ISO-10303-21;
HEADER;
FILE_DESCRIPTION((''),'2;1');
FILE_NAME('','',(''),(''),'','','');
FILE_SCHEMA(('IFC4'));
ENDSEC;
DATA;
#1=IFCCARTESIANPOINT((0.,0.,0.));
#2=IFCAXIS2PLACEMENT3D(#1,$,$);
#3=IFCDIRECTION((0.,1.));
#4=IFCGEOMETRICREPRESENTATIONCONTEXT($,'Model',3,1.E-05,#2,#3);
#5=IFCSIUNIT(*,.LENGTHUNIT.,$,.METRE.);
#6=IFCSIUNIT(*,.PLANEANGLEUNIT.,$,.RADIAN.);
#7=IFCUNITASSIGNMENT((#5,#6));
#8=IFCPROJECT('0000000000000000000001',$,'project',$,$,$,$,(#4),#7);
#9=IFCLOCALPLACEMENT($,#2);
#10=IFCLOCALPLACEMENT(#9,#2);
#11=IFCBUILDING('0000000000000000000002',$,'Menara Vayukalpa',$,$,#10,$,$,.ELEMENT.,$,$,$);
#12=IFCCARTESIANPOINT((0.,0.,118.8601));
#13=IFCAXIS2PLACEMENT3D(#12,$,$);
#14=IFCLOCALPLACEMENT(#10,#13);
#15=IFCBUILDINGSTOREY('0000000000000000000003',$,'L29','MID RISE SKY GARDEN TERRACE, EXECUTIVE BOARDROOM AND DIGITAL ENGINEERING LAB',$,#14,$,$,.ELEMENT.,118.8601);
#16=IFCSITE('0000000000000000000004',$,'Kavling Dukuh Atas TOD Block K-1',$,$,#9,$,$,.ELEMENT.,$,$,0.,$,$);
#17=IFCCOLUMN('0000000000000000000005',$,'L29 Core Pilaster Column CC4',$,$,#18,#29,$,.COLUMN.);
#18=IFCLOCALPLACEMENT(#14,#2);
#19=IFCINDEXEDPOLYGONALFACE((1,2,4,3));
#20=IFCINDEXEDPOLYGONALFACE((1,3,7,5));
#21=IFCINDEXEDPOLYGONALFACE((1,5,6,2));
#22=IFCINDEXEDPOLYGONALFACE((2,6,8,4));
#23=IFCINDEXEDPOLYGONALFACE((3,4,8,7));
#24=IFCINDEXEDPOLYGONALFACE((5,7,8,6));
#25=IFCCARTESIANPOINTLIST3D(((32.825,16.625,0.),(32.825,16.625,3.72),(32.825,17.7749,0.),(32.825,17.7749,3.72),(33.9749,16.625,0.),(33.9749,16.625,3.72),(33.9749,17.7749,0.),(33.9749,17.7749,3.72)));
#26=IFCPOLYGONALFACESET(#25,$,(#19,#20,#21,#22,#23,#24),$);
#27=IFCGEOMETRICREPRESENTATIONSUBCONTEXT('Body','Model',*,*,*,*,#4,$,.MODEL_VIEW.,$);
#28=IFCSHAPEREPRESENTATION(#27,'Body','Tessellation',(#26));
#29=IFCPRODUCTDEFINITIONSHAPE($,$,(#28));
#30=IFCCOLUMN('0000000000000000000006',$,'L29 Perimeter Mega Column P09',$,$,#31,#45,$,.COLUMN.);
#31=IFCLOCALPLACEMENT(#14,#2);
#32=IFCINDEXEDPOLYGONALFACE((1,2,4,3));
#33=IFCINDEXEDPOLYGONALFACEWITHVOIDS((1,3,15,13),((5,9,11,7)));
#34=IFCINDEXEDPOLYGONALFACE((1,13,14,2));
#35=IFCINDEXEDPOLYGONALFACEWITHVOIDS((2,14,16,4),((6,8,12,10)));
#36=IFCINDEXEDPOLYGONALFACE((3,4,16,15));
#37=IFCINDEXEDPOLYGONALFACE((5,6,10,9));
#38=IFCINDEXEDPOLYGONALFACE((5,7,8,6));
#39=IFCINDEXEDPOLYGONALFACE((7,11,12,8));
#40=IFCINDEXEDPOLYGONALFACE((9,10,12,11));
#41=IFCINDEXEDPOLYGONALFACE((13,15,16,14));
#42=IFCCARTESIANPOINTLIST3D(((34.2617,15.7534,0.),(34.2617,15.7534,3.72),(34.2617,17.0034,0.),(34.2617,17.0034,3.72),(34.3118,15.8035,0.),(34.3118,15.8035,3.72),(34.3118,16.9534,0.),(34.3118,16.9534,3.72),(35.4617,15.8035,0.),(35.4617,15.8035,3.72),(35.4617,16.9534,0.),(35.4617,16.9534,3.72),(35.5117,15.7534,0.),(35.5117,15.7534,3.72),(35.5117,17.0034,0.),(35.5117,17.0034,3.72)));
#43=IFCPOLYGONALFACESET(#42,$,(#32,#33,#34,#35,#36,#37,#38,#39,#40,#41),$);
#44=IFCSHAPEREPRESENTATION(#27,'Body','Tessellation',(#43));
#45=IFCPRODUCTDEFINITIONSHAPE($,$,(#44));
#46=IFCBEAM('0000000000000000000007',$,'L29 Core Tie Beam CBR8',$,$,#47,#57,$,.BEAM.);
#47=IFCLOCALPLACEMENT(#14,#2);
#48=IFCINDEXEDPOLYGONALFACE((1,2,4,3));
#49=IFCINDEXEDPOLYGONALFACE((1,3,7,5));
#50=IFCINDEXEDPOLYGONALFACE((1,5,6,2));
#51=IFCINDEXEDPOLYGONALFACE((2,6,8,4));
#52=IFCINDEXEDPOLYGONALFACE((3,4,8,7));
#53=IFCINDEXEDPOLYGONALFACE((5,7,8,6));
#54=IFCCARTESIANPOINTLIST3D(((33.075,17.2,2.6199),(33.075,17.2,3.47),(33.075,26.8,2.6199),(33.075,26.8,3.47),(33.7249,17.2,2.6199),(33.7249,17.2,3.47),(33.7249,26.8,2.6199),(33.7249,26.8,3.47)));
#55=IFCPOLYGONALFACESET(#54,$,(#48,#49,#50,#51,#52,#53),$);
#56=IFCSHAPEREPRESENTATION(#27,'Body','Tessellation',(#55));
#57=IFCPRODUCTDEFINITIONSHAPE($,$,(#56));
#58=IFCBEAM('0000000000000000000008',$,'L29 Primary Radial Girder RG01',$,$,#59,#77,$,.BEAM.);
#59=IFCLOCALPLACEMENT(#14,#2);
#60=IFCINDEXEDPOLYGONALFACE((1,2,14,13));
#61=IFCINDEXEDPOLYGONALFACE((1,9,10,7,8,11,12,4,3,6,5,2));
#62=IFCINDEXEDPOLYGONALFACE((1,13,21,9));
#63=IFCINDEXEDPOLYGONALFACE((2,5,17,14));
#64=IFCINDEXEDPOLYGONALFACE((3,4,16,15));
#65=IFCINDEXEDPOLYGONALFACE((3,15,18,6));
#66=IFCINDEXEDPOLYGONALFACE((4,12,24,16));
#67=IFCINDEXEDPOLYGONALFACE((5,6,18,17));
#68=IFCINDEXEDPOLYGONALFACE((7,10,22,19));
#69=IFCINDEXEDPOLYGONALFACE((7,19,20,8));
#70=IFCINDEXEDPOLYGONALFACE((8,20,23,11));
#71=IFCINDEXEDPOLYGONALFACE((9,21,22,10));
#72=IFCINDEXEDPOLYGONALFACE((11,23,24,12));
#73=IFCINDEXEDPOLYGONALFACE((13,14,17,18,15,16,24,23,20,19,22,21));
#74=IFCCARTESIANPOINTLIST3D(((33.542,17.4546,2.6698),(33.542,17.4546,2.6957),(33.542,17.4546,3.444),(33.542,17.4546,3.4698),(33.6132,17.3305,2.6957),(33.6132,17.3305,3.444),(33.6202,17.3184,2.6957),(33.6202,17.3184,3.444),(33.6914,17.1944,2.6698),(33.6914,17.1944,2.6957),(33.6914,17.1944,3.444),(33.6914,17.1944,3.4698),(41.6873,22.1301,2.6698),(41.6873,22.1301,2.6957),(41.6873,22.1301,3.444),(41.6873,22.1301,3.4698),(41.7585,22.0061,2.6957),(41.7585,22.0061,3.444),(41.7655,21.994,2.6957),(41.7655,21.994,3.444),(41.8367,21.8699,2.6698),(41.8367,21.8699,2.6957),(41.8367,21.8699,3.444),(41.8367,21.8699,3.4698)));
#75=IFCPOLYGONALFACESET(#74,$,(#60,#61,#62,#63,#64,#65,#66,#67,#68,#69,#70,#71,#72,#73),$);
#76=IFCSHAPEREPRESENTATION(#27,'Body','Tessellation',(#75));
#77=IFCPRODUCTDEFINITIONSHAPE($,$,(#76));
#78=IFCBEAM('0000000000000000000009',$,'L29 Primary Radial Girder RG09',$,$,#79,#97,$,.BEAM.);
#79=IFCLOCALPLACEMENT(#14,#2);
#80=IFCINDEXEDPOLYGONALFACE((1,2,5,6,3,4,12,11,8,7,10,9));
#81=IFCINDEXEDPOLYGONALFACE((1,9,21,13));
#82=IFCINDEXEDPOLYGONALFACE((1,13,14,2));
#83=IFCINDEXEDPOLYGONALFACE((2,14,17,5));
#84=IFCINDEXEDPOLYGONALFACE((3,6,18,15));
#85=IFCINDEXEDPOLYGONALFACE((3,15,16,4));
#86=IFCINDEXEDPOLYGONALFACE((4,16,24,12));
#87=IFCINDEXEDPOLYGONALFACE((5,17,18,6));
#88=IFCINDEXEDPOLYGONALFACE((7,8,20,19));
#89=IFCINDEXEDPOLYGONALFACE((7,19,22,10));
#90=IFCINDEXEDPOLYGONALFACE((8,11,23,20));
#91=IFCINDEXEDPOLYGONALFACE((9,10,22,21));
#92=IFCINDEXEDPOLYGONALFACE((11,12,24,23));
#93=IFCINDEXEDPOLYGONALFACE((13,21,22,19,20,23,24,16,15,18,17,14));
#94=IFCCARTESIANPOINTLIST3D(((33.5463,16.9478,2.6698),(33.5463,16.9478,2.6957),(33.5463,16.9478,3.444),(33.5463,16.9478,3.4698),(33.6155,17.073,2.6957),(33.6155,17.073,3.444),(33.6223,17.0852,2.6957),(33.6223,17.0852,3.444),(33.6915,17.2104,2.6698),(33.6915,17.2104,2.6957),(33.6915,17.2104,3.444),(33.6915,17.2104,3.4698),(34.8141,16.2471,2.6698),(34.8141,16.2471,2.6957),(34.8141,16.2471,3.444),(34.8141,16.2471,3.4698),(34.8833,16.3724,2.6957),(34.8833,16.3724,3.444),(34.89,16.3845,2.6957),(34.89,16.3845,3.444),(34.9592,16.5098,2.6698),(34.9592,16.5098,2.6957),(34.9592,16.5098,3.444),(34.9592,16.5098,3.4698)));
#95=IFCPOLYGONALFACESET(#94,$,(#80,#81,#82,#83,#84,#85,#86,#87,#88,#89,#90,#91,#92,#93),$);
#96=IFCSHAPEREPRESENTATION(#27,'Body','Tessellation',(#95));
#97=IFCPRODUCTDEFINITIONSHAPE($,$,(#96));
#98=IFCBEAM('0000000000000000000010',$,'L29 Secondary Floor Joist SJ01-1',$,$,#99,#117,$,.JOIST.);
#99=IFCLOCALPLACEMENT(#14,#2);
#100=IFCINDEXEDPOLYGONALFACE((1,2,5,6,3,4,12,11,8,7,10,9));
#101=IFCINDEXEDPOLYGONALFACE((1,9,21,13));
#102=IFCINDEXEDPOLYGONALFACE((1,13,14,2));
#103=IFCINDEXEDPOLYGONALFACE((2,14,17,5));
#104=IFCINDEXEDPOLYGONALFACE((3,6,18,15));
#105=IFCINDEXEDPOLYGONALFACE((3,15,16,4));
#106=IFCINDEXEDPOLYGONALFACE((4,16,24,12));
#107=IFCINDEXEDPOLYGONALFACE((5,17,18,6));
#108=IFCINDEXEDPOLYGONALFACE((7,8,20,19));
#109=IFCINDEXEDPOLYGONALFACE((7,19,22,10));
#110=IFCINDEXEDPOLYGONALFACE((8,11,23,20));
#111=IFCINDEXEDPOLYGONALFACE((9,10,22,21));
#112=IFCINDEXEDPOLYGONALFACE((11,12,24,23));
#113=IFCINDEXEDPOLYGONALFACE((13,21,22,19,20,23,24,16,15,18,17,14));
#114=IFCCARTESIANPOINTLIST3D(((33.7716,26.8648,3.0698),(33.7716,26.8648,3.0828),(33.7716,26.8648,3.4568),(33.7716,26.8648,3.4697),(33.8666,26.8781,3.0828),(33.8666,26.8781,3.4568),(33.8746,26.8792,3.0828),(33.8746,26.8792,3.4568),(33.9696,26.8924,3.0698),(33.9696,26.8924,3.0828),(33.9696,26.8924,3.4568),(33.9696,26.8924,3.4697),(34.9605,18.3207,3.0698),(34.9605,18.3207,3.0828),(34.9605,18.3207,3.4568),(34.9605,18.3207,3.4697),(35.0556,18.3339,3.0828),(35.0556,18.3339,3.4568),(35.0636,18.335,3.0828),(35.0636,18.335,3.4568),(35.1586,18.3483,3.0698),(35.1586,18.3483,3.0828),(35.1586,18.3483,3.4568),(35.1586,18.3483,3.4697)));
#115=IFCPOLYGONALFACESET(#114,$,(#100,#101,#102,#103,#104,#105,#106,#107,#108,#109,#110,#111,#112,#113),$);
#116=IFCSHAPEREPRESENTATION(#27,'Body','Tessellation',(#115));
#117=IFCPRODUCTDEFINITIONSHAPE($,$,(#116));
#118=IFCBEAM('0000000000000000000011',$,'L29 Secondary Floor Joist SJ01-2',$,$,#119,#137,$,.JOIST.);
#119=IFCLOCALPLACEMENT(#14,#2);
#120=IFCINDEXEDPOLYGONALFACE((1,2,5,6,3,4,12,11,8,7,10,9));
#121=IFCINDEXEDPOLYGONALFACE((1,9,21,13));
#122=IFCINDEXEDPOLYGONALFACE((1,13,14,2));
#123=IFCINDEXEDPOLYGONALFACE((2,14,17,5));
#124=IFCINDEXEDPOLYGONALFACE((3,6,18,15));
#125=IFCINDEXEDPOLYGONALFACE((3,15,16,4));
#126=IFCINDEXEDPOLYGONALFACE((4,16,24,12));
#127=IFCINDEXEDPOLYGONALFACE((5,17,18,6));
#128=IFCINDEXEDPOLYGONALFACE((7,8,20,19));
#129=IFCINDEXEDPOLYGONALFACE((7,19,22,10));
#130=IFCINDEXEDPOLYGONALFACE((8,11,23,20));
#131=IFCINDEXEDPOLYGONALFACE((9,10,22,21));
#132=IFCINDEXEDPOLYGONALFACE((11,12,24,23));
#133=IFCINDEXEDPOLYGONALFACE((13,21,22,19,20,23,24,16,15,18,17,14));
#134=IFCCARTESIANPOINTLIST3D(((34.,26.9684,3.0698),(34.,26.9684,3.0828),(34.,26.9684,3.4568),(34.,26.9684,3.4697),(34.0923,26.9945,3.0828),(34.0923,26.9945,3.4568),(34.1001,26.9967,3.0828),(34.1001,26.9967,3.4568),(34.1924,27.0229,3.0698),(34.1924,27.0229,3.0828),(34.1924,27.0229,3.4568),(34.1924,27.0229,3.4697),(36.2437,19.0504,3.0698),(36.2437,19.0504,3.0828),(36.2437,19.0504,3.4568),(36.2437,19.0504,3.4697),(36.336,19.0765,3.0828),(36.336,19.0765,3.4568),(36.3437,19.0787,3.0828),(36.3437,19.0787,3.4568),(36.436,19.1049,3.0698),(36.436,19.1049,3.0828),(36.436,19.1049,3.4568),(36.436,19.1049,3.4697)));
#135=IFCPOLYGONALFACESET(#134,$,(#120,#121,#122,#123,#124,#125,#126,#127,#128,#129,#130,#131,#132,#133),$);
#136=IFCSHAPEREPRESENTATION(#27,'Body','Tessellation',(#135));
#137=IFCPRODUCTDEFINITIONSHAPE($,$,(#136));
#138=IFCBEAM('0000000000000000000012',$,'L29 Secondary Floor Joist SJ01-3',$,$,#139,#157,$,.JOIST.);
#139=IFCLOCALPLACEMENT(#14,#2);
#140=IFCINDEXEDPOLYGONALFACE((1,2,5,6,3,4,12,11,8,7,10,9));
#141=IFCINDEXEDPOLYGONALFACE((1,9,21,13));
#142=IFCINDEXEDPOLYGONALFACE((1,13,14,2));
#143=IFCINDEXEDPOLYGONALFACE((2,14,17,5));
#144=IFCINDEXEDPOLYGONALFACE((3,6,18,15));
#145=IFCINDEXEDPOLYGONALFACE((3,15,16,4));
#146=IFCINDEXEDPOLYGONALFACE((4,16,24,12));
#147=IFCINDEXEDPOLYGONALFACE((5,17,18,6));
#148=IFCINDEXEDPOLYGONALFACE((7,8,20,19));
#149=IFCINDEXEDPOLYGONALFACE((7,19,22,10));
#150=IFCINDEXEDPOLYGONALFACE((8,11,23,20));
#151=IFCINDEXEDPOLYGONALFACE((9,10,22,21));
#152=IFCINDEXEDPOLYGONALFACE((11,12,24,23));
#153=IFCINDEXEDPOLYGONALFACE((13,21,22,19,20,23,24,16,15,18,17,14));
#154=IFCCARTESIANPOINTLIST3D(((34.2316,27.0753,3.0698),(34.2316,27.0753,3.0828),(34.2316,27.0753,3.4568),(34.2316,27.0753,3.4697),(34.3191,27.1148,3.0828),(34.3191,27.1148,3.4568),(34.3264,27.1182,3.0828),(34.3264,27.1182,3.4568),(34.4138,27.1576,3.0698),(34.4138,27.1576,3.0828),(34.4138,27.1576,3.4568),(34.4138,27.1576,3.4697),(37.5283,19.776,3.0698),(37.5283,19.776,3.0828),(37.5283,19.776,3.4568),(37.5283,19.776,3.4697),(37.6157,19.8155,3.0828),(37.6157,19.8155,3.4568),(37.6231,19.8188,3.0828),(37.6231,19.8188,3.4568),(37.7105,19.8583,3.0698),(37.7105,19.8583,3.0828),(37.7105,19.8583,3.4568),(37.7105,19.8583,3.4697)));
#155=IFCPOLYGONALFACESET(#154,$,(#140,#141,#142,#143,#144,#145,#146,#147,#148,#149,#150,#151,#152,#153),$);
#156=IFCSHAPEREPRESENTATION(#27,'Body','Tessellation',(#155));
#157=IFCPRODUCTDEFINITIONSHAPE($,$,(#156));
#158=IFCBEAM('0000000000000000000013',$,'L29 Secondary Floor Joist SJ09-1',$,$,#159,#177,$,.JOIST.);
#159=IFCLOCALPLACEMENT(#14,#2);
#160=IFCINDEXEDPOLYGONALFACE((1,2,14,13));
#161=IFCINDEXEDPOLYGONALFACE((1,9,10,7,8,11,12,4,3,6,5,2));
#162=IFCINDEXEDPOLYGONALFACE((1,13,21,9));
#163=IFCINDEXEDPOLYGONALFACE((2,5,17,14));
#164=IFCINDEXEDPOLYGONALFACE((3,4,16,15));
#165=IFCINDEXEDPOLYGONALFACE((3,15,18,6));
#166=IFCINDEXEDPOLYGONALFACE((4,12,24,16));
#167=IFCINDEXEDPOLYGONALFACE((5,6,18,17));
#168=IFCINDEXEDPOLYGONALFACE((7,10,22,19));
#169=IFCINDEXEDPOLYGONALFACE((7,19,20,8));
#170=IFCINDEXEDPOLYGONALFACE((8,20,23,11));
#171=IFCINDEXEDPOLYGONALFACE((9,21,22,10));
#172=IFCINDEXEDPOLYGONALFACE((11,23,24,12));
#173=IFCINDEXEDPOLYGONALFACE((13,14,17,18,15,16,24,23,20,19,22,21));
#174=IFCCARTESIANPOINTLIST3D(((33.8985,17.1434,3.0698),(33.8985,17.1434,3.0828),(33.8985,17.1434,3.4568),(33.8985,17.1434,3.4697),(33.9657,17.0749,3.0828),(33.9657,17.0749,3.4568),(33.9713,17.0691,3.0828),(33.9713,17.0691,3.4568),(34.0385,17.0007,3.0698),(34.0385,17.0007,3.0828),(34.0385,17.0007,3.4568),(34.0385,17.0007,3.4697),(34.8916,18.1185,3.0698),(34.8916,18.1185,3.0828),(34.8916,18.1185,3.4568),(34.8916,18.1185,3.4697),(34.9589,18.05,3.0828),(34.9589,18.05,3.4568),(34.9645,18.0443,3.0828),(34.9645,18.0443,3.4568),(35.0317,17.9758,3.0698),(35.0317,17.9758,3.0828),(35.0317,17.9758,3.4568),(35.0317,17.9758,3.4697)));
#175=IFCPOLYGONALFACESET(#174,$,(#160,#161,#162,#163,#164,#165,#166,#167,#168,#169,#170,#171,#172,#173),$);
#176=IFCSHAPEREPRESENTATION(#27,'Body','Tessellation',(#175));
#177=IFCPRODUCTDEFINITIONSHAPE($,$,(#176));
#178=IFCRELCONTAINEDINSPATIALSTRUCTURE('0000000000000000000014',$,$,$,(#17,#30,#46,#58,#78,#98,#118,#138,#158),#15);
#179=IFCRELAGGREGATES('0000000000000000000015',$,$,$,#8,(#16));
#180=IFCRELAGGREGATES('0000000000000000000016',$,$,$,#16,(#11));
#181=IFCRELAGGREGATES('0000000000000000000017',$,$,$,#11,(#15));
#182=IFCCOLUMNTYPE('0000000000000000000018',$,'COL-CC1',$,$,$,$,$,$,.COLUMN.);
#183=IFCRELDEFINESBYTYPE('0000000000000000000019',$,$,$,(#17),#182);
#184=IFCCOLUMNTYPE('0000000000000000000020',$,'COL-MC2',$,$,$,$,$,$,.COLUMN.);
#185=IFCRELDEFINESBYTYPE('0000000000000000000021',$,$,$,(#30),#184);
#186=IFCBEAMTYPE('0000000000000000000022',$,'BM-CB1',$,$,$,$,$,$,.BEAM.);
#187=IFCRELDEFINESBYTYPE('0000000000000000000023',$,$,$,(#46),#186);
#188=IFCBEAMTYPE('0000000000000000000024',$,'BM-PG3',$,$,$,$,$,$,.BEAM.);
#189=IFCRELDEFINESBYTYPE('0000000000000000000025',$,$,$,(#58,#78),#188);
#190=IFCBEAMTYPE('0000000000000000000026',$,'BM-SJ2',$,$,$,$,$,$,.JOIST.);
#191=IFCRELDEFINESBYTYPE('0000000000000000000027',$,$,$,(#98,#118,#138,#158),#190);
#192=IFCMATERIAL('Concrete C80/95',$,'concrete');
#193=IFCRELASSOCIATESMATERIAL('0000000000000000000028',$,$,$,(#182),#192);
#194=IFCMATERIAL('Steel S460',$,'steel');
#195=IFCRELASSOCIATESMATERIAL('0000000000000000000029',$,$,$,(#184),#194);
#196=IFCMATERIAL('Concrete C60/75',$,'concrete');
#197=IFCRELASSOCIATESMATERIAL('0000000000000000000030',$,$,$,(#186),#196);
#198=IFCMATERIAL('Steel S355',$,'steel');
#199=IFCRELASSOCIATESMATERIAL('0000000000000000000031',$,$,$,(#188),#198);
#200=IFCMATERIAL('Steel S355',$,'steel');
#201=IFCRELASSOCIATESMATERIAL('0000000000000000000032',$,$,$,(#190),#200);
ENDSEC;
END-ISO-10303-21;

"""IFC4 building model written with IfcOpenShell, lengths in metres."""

from ifc_helpers import new_model, si_unit, direction, frame, origin, origin_2d, place, context, subcontext, project, spatial, rectangle, hollow_rectangle, i_section, extrude, material, material_profile, profile_set, type_object, element, save


model = new_model("IFC4")

# Units and contexts
model_context = context("Model", 3, precision=1e-05, world=origin(), true_north=direction((0.0, 1.0)))
body_context = subcontext(model_context, "Body", "Model", "MODEL_VIEW")
ifc_project = project(units=[si_unit("LENGTHUNIT", "METRE"), si_unit("PLANEANGLEUNIT", "RADIAN")], contexts=[model_context])

# Site, building, storey
site_placement = place(None, origin())
site = spatial("IfcSite", under=ifc_project, at=site_placement, Name="Kavling Dukuh Atas TOD Block K-1", CompositionType="ELEMENT", RefElevation=0.0)
building_placement = place(site_placement, origin())
building = spatial("IfcBuilding", under=site, at=building_placement, Name="Menara Vayukalpa", CompositionType="ELEMENT")
storey_placement = place(building_placement, frame((0.0, 0.0, 118.8601)))
storey = spatial("IfcBuildingStorey", under=building, at=storey_placement, Name="L29", Description="MID RISE SKY GARDEN TERRACE, EXECUTIVE BOARDROOM AND DIGITAL ENGINEERING LAB", CompositionType="ELEMENT", Elevation=118.8601)

# Columns
ifc_material_1 = material(Name="Concrete C80/95", Category="concrete")
ifc_material_profile_1 = material_profile(ifc_material_1, rectangle(XDim=1.1499, YDim=1.1499, at=origin_2d()), Name="RC 1150x1150")
ifc_profile_set_1 = profile_set([ifc_material_profile_1], Name="Concrete C80/95")
column_type_1 = type_object("IfcColumnType", Name="COL-CC1", PredefinedType="COLUMN", material=ifc_profile_set_1)
column_1_placement = place(storey_placement, frame((33.3999, 17.2, 0.0), z_axis=(0.0, 0.0, 1.0), x_axis=(1.0, 0.0, 0.0)))
element("IfcColumn", 1, at=column_1_placement, inside=storey, type_object=column_type_1, Name="L29 Core Pilaster Column CC4", PredefinedType="COLUMN", context=body_context, shape_type="SweptSolid", body=[
    extrude(rectangle(XDim=1.1499, YDim=1.1499, at=origin_2d()), origin(), (0.0, 0.0, 1.0), 3.72),
])
ifc_material_2 = material(Name="Steel S460", Category="steel")
ifc_material_profile_2 = material_profile(ifc_material_2, hollow_rectangle(XDim=1.25, YDim=1.25, WallThickness=0.05, at=origin_2d()), Name="BOX 1250x1250x50")
ifc_profile_set_2 = profile_set([ifc_material_profile_2], Name="Steel S460")
column_type_2 = type_object("IfcColumnType", Name="COL-MC2", PredefinedType="COLUMN", material=ifc_profile_set_2)
column_2_placement = place(storey_placement, frame((34.8867, 16.3784, 0.0), z_axis=(0.0, 0.0, 1.0), x_axis=(1.0, 0.0, 0.0)))
element("IfcColumn", 2, at=column_2_placement, inside=storey, type_object=column_type_2, Name="L29 Perimeter Mega Column P09", PredefinedType="COLUMN", context=body_context, shape_type="SweptSolid", body=[
    extrude(hollow_rectangle(XDim=1.25, YDim=1.25, WallThickness=0.05, at=origin_2d()), origin(), (0.0, 0.0, 1.0), 3.72),
])

# Beams
ifc_material_3 = material(Name="Concrete C60/75", Category="concrete")
ifc_material_profile_3 = material_profile(ifc_material_3, rectangle(XDim=0.6499, YDim=0.8501, at=origin_2d()), Name="RC 650x850")
ifc_profile_set_3 = profile_set([ifc_material_profile_3], Name="Concrete C60/75")
beam_type_1 = type_object("IfcBeamType", Name="BM-CB1", PredefinedType="BEAM", material=ifc_profile_set_3)
beam_1_placement = place(storey_placement, frame((33.3999, 17.2, 3.0449), z_axis=(0.0, 1.0, 0.0), x_axis=(-1.0, 0.0, 0.0)))
element("IfcBeam", 3, at=beam_1_placement, inside=storey, type_object=beam_type_1, Name="L29 Core Tie Beam CBR8", PredefinedType="BEAM", context=body_context, shape_type="SweptSolid", body=[
    extrude(rectangle(XDim=0.6499, YDim=0.8501, at=origin_2d()), origin(), (0.0, 0.0, 1.0), 9.6001),
])
ifc_material_4 = material(Name="Steel S355", Category="steel")
ifc_material_profile_4 = material_profile(ifc_material_4, i_section(OverallWidth=0.3, OverallDepth=0.8, WebThickness=0.0139, FlangeThickness=0.0259, at=origin_2d()), Name="WF 800x300x14x26")
ifc_profile_set_4 = profile_set([ifc_material_profile_4], Name="Steel S355")
beam_type_2 = type_object("IfcBeamType", Name="BM-PG3", PredefinedType="BEAM", material=ifc_profile_set_4)
beam_2_placement = place(storey_placement, frame((33.6167, 17.3245, 3.0698), z_axis=(0.867274, 0.497832, 0.0), x_axis=(-0.497832, 0.867274, 0.0)))
element("IfcBeam", 4, at=beam_2_placement, inside=storey, type_object=beam_type_2, Name="L29 Primary Radial Girder RG01", PredefinedType="BEAM", context=body_context, shape_type="SweptSolid", body=[
    extrude(i_section(OverallWidth=0.3, OverallDepth=0.8, WebThickness=0.0139, FlangeThickness=0.0259, at=origin_2d()), origin(), (0.0, 0.0, 1.0), 9.3918),
])
beam_3_placement = place(storey_placement, frame((33.6189, 17.0791, 3.0698), z_axis=(0.875228, -0.48371, 0.0), x_axis=(0.48371, 0.875228, 0.0)))
element("IfcBeam", 5, at=beam_3_placement, inside=storey, type_object=beam_type_2, Name="L29 Primary Radial Girder RG09", PredefinedType="BEAM", context=body_context, shape_type="SweptSolid", body=[
    extrude(i_section(OverallWidth=0.3, OverallDepth=0.8, WebThickness=0.0139, FlangeThickness=0.0259, at=origin_2d()), origin(), (0.0, 0.0, 1.0), 1.4485),
])
ifc_material_5 = material(Name="Steel S355", Category="steel")
ifc_material_profile_5 = material_profile(ifc_material_5, i_section(OverallWidth=0.2, OverallDepth=0.3999, WebThickness=0.0081, FlangeThickness=0.0129, at=origin_2d()), Name="WF 400x200x8x13")
ifc_profile_set_5 = profile_set([ifc_material_profile_5], Name="Steel S355")
beam_type_3 = type_object("IfcBeamType", Name="BM-SJ2", PredefinedType="JOIST", material=ifc_profile_set_5)
beam_4_placement = place(storey_placement, frame((35.0596, 18.3345, 3.2698), z_axis=(-0.137827, 0.990456, 0.0), x_axis=(-0.990456, -0.137827, 0.0)))
element("IfcBeam", 6, at=beam_4_placement, inside=storey, type_object=beam_type_3, Name="L29 Secondary Floor Joist SJ01-1", PredefinedType="JOIST", context=body_context, shape_type="SweptSolid", body=[
    extrude(i_section(OverallWidth=0.2, OverallDepth=0.3999, WebThickness=0.0081, FlangeThickness=0.0129, at=origin_2d()), origin(), (0.0, 0.0, 1.0), 8.6265),
])
beam_5_placement = place(storey_placement, frame((36.3398, 19.0776, 3.2698), z_axis=(-0.272628, 0.962119, 0.0), x_axis=(-0.962119, -0.272628, 0.0)))
element("IfcBeam", 7, at=beam_5_placement, inside=storey, type_object=beam_type_3, Name="L29 Secondary Floor Joist SJ01-2", PredefinedType="JOIST", context=body_context, shape_type="SweptSolid", body=[
    extrude(i_section(OverallWidth=0.2, OverallDepth=0.3999, WebThickness=0.0081, FlangeThickness=0.0129, at=origin_2d()), origin(), (0.0, 0.0, 1.0), 8.2297),
])
beam_6_placement = place(storey_placement, frame((37.6194, 19.8171, 3.2698), z_axis=(-0.411604, 0.911363, 0.0), x_axis=(-0.911363, -0.411604, 0.0)))
element("IfcBeam", 8, at=beam_6_placement, inside=storey, type_object=beam_type_3, Name="L29 Secondary Floor Joist SJ01-3", PredefinedType="JOIST", context=body_context, shape_type="SweptSolid", body=[
    extrude(i_section(OverallWidth=0.2, OverallDepth=0.3999, WebThickness=0.0081, FlangeThickness=0.0129, at=origin_2d()), origin(), (0.0, 0.0, 1.0), 8.0093),
])
beam_7_placement = place(storey_placement, frame((33.9685, 17.072, 3.2698), z_axis=(0.713567, 0.700587, 0.0), x_axis=(-0.700587, 0.713567, 0.0)))
element("IfcBeam", 9, at=beam_7_placement, inside=storey, type_object=beam_type_3, Name="L29 Secondary Floor Joist SJ09-1", PredefinedType="JOIST", context=body_context, shape_type="SweptSolid", body=[
    extrude(i_section(OverallWidth=0.2, OverallDepth=0.3999, WebThickness=0.0081, FlangeThickness=0.0129, at=origin_2d()), origin(), (0.0, 0.0, 1.0), 1.3918),
])

save(model, "model.ifc")
